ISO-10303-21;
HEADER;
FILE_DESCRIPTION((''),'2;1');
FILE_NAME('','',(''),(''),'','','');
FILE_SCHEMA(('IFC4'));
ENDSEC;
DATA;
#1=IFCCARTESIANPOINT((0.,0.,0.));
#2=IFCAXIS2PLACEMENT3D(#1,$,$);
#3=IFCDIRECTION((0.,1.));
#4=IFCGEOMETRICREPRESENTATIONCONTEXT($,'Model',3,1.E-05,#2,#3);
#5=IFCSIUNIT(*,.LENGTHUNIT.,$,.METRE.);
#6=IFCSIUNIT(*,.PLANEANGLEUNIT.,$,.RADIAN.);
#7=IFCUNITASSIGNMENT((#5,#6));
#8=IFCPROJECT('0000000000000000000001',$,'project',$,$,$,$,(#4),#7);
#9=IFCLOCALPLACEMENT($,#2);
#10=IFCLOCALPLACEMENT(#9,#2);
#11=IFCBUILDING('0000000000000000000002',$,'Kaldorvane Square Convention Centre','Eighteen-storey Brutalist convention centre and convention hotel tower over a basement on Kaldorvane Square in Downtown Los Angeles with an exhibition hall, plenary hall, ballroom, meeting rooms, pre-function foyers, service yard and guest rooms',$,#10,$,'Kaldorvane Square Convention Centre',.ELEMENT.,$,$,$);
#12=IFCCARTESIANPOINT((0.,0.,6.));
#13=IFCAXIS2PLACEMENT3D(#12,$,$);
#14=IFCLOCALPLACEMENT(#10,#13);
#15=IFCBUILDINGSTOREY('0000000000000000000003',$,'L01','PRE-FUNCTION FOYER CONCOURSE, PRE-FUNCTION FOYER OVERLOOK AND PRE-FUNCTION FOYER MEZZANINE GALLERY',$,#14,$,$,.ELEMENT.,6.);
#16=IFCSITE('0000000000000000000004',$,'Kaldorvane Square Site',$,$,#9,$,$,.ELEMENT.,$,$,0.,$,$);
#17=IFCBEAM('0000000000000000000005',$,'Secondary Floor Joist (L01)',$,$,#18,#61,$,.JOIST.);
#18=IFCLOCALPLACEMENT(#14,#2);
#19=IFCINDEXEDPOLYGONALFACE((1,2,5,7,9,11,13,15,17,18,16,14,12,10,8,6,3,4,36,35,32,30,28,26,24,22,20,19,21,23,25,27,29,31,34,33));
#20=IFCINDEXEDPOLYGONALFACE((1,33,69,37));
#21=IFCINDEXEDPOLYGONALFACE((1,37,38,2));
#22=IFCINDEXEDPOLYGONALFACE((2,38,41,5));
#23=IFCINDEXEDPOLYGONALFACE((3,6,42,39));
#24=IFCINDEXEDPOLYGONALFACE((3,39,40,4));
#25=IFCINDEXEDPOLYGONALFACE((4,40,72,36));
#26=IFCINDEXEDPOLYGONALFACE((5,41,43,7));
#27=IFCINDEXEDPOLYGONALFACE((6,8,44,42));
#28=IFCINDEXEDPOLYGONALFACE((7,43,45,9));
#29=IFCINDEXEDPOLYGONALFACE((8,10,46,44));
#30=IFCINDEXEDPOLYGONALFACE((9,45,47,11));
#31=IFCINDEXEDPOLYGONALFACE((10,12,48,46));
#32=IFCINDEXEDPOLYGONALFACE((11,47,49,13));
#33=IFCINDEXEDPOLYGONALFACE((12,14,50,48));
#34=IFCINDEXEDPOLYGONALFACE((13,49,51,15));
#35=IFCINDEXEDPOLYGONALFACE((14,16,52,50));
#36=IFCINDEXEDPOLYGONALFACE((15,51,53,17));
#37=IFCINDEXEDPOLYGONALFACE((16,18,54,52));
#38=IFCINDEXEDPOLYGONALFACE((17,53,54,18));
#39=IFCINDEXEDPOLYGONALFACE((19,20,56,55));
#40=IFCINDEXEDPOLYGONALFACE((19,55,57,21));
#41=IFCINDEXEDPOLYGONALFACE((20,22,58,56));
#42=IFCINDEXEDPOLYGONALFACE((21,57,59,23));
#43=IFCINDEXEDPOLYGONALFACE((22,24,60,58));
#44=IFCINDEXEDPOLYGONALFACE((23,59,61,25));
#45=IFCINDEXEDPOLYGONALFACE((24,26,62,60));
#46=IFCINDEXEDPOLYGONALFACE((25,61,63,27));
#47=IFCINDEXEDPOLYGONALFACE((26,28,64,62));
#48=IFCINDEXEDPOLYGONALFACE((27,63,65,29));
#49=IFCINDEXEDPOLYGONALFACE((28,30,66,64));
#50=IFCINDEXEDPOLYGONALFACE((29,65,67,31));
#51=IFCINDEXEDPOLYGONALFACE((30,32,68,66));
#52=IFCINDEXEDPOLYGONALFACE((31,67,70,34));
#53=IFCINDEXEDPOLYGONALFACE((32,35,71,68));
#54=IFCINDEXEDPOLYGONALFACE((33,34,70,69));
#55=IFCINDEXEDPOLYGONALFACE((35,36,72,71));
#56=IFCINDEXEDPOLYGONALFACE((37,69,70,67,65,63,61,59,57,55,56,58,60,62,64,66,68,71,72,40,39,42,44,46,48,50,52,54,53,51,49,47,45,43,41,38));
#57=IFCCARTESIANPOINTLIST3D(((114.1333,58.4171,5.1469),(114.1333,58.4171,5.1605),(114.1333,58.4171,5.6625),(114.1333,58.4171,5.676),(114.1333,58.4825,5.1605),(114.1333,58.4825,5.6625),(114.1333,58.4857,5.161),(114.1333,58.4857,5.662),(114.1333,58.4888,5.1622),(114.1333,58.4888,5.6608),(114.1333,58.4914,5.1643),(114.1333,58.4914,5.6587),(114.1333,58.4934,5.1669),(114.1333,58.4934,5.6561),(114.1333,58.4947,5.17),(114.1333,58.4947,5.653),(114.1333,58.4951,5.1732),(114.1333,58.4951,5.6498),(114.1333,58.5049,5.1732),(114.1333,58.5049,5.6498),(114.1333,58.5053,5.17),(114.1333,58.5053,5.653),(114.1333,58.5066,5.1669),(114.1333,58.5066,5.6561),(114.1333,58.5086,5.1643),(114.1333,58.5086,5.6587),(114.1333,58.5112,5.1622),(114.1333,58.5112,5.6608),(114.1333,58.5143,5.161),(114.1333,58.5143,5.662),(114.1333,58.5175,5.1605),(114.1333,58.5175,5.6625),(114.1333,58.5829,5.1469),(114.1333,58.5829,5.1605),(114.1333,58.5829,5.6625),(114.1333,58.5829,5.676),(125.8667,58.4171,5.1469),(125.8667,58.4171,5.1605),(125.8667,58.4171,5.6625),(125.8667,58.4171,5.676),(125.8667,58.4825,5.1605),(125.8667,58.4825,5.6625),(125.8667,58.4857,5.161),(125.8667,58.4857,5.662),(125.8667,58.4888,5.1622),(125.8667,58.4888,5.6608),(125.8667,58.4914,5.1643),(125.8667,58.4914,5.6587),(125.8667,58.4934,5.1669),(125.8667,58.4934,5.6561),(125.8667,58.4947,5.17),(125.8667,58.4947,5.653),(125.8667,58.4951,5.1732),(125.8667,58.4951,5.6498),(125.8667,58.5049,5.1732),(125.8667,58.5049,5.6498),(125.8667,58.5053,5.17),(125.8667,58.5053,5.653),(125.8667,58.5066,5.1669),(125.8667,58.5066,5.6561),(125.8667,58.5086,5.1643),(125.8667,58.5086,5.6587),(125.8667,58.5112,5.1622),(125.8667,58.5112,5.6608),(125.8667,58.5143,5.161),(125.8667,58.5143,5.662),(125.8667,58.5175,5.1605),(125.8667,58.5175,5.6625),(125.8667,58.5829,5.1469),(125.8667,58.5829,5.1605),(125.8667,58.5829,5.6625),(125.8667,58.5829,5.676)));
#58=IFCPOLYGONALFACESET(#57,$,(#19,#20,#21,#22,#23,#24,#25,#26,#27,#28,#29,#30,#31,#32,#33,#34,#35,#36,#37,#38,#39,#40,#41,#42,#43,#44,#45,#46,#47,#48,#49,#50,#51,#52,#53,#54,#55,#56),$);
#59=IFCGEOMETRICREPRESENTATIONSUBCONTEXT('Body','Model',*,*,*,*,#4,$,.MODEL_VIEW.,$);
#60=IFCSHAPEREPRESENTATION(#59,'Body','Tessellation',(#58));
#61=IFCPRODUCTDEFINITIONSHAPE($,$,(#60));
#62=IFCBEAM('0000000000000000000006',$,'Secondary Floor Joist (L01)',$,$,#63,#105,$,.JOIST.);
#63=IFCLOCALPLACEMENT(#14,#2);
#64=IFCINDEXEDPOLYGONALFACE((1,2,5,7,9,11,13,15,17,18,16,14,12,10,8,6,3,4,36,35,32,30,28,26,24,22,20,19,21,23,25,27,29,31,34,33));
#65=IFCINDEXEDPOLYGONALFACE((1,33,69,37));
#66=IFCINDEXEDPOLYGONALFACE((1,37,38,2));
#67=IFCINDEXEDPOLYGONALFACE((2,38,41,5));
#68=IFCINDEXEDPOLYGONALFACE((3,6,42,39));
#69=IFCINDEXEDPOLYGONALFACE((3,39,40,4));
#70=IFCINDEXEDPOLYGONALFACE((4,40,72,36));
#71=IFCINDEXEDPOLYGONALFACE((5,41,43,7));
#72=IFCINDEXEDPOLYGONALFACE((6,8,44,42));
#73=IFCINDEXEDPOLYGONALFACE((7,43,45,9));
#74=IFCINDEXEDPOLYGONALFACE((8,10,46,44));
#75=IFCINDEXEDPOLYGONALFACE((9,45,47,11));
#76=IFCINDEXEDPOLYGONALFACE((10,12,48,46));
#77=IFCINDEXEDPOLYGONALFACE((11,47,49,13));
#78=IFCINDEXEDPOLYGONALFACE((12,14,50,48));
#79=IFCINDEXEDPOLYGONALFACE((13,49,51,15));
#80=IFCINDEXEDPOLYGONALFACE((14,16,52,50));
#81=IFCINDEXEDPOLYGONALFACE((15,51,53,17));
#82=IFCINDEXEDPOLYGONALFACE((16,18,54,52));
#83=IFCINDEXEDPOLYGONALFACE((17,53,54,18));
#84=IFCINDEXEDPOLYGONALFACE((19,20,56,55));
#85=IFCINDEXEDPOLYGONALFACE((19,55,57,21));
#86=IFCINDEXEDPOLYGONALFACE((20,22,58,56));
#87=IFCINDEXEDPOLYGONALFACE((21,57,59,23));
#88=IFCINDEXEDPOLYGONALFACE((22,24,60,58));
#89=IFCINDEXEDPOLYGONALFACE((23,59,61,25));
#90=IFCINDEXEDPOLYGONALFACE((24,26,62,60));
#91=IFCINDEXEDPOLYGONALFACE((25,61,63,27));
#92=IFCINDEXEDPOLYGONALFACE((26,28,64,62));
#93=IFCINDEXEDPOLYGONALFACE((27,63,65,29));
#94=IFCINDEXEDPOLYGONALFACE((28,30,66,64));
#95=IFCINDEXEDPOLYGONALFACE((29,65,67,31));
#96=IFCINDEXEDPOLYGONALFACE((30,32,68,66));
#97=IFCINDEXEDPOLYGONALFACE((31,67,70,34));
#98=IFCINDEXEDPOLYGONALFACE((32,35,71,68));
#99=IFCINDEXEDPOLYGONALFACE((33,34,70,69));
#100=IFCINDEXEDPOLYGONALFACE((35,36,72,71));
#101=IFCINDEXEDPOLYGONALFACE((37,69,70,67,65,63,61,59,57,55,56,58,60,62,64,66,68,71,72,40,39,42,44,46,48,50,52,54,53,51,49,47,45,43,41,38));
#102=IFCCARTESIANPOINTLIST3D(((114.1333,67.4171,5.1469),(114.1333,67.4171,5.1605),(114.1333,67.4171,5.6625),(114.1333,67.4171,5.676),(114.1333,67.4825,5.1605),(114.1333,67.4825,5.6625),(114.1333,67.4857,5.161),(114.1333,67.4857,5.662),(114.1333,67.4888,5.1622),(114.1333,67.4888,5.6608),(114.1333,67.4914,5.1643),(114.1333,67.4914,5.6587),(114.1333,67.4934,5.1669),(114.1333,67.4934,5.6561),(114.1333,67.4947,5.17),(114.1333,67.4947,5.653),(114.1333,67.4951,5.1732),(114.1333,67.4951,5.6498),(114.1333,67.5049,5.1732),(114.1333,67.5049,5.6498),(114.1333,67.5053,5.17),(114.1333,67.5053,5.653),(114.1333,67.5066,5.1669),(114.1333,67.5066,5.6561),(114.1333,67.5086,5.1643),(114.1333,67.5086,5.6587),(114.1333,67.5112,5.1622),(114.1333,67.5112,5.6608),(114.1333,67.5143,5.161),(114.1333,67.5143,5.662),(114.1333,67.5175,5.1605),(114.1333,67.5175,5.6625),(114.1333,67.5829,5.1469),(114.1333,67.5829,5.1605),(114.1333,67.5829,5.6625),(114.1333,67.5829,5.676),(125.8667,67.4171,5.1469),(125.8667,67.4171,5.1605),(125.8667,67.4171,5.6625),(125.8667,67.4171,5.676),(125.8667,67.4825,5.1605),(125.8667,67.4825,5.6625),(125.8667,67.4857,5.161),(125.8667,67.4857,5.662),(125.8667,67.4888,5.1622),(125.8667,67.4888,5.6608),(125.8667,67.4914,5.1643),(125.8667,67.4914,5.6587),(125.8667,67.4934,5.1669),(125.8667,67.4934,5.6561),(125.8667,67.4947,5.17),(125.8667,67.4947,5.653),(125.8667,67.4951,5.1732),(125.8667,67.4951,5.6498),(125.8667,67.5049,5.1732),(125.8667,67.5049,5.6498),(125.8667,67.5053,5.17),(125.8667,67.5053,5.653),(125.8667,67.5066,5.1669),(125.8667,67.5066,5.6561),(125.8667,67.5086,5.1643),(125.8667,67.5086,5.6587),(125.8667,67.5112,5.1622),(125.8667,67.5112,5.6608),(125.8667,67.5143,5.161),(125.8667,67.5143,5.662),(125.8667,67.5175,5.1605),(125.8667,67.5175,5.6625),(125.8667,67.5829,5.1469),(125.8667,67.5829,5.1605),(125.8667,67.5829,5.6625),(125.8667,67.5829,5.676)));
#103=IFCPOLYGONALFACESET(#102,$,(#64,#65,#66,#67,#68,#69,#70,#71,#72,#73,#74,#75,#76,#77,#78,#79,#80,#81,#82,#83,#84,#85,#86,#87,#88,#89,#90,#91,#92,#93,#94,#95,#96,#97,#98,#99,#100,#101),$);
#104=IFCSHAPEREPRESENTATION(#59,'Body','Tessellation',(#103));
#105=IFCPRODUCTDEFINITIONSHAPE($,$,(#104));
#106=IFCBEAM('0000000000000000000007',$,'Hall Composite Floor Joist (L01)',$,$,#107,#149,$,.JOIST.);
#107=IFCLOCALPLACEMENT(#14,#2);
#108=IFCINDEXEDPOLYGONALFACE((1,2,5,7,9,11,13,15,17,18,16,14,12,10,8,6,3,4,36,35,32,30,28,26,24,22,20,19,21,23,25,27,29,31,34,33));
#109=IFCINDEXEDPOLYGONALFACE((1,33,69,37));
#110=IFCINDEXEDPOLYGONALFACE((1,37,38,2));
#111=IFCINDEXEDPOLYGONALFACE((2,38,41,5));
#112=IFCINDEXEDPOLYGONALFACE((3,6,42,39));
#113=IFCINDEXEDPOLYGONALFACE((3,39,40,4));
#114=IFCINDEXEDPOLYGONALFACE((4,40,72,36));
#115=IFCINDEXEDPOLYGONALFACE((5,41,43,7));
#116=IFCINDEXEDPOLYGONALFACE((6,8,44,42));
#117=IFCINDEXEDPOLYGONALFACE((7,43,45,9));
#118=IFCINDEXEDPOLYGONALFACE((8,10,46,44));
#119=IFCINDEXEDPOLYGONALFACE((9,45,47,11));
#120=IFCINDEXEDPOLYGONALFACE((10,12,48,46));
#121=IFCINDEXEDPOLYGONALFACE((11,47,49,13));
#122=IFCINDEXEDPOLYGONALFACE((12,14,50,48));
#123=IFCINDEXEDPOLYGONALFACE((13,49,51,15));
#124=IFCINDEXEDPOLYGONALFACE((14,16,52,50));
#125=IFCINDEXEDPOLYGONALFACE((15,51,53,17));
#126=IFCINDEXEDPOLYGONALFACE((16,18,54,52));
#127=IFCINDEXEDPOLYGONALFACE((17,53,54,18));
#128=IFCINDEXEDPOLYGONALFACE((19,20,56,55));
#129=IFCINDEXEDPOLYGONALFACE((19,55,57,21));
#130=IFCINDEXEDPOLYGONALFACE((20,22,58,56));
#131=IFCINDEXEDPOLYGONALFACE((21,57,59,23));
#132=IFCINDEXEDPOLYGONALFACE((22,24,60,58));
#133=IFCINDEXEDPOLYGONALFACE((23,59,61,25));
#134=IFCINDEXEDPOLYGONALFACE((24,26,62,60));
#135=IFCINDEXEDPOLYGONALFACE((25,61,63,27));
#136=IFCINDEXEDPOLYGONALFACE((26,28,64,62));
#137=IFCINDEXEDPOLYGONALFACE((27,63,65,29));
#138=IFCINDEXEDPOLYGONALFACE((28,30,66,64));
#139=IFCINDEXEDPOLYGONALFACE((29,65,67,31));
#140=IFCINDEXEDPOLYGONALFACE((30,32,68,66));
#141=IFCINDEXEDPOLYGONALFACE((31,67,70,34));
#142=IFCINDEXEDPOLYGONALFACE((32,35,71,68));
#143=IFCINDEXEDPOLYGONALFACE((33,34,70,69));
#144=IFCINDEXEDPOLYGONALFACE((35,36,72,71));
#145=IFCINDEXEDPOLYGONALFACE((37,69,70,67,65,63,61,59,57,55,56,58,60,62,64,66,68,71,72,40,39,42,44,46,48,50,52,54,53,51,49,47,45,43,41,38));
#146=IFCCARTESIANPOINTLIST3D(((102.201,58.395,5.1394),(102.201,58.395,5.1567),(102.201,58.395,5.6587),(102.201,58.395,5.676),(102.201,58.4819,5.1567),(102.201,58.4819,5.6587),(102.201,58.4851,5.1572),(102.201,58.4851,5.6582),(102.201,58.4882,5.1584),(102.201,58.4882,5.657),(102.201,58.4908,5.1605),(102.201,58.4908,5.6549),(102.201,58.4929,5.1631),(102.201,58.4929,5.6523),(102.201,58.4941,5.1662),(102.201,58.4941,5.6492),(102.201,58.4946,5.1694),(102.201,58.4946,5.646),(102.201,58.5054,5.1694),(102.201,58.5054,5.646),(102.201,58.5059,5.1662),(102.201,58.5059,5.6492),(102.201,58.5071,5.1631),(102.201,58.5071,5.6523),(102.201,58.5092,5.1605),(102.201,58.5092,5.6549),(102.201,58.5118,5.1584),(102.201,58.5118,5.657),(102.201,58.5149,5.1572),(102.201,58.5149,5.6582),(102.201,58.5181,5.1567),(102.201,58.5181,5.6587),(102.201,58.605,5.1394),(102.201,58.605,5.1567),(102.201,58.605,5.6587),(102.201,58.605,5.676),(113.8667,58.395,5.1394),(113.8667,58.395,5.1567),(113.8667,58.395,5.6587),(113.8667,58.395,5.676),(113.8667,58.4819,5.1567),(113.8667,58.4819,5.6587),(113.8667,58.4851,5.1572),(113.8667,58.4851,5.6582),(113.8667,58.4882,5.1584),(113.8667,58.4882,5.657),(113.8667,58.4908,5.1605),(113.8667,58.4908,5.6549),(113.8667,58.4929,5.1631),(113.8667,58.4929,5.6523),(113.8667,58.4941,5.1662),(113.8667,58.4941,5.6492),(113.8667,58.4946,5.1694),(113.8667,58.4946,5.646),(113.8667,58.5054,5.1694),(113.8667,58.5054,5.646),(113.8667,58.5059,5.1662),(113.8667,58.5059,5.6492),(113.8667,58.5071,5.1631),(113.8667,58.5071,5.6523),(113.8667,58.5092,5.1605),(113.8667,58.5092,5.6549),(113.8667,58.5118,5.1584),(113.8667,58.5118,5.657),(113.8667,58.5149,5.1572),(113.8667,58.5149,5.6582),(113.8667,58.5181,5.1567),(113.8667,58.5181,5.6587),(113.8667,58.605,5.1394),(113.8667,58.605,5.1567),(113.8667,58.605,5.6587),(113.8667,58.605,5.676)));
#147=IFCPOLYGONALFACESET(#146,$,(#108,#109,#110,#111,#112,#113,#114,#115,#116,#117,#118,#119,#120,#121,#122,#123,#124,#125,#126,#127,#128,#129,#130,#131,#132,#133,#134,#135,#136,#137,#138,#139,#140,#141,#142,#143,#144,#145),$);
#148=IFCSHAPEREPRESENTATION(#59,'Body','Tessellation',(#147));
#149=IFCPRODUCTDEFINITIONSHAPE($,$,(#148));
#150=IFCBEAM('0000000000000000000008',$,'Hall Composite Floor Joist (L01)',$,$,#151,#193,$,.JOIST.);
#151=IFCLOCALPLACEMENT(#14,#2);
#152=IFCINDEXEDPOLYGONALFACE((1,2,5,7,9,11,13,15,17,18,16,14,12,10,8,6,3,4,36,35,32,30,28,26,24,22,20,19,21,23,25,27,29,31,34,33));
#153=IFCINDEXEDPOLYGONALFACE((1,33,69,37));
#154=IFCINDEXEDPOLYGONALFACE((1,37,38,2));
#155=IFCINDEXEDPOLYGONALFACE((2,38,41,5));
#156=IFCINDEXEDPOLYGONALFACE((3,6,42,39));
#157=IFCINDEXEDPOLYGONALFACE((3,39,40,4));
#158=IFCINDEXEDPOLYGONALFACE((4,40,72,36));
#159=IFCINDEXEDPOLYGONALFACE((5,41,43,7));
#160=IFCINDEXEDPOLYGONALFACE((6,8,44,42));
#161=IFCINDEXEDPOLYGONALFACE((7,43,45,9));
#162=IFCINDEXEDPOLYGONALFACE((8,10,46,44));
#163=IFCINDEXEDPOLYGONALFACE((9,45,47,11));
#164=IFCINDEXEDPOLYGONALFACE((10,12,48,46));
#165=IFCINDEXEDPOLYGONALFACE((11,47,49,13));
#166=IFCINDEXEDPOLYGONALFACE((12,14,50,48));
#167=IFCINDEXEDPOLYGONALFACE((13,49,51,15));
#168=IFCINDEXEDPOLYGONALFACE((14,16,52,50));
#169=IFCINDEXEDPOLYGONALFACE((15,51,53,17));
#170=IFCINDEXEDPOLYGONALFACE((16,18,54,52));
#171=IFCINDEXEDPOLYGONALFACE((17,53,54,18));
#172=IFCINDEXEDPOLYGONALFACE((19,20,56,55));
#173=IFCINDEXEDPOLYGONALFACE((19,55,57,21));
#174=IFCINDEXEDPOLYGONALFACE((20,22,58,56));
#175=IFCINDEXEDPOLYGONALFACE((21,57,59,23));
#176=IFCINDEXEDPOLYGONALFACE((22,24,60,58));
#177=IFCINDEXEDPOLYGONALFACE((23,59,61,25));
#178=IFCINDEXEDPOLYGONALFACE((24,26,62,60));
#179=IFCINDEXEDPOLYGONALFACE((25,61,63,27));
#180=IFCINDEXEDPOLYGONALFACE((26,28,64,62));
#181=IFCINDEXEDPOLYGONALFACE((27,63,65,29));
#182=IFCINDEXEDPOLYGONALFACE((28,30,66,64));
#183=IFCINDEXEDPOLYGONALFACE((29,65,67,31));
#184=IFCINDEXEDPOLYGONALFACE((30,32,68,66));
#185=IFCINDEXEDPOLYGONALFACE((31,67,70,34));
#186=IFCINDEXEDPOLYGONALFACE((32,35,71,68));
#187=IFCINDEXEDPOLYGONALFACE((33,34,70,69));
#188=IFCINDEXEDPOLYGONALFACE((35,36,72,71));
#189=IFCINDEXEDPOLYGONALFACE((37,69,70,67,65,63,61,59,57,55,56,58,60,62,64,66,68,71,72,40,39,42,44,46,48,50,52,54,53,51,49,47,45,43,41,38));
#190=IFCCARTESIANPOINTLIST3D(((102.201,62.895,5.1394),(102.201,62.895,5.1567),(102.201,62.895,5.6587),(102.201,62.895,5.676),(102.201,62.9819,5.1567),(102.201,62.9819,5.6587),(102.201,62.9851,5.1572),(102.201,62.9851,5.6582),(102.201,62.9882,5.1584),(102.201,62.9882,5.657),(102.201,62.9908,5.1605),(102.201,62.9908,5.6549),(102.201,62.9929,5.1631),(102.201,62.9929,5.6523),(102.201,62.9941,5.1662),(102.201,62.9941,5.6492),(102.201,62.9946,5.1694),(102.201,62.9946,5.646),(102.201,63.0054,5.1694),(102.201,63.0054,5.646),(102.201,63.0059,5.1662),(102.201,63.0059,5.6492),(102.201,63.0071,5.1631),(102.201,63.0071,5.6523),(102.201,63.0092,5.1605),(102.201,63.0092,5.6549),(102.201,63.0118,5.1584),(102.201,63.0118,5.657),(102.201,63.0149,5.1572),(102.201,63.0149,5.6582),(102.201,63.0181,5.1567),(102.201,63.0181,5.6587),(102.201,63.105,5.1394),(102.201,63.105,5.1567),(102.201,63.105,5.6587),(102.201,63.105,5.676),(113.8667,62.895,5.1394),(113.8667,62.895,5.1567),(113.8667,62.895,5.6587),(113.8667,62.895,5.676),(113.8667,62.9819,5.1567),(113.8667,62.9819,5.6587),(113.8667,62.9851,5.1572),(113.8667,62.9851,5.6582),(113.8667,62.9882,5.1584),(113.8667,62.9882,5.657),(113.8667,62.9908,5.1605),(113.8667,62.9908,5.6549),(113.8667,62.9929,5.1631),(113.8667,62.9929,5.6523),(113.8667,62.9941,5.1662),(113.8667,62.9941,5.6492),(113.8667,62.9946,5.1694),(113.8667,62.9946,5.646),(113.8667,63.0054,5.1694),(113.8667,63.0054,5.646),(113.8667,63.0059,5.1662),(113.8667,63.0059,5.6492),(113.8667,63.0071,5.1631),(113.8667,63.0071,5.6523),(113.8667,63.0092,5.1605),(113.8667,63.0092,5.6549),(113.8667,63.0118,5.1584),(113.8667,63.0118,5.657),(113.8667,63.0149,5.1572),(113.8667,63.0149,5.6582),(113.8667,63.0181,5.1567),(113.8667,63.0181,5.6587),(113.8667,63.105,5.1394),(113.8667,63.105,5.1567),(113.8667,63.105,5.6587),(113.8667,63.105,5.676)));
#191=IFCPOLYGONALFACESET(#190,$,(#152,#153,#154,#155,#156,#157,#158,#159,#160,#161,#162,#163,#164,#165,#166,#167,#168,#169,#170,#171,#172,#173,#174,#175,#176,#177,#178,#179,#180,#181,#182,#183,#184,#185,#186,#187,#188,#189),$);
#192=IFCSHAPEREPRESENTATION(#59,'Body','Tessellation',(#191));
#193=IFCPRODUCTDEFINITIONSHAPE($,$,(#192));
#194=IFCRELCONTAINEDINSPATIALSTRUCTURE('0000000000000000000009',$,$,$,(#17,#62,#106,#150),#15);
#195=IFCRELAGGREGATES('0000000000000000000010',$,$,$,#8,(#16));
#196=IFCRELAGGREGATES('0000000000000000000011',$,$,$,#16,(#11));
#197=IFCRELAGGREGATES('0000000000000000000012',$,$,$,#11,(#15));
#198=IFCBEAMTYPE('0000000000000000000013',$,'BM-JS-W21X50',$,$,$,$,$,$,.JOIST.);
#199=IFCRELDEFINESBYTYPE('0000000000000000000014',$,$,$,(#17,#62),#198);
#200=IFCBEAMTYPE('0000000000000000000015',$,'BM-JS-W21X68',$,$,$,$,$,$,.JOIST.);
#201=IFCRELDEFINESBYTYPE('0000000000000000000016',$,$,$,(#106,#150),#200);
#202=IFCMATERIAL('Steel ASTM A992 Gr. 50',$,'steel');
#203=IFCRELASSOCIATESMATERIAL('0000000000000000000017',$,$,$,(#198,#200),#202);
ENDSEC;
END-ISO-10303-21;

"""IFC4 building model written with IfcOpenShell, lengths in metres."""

from ifc_helpers import new_model, si_unit, direction, frame, origin, origin_2d, place, context, subcontext, project, spatial, i_section, extrude, material, material_profile, profile_set, type_object, element, save


model = new_model("IFC4")

# Units and contexts
model_context = context("Model", 3, precision=1e-05, world=origin(), true_north=direction((0.0, 1.0)))
body_context = subcontext(model_context, "Body", "Model", "MODEL_VIEW")
ifc_project = project(units=[si_unit("LENGTHUNIT", "METRE"), si_unit("PLANEANGLEUNIT", "RADIAN")], contexts=[model_context])

# Site, building, storey
site_placement = place(None, origin())
site = spatial("IfcSite", under=ifc_project, at=site_placement, Name="Kaldorvane Square Site", CompositionType="ELEMENT", RefElevation=0.0)
building_placement = place(site_placement, origin())
building = spatial("IfcBuilding", under=site, at=building_placement, Name="Kaldorvane Square Convention Centre", Description="Eighteen-storey Brutalist convention centre and convention hotel tower over a basement on Kaldorvane Square in Downtown Los Angeles with an exhibition hall, plenary hall, ballroom, meeting rooms, pre-function foyers, service yard and guest rooms", LongName="Kaldorvane Square Convention Centre", CompositionType="ELEMENT")
storey_placement = place(building_placement, frame((0.0, 0.0, 6.0)))
storey = spatial("IfcBuildingStorey", under=building, at=storey_placement, Name="L01", Description="PRE-FUNCTION FOYER CONCOURSE, PRE-FUNCTION FOYER OVERLOOK AND PRE-FUNCTION FOYER MEZZANINE GALLERY", CompositionType="ELEMENT", Elevation=6.0)

# Shared definitions
ifc_material_1 = material(Name="Steel ASTM A992 Gr. 50", Category="steel")

# Beams
ifc_material_profile_1 = material_profile(ifc_material_1, i_section(OverallWidth=0.1659, OverallDepth=0.5291, WebThickness=0.0097, FlangeThickness=0.0136, FilletRadius=0.0127, at=origin_2d()), Name="W21X50")
ifc_profile_set_1 = profile_set([ifc_material_profile_1], Name="Steel ASTM A992 Gr. 50")
beam_type_1 = type_object("IfcBeamType", Name="BM-JS-W21X50", PredefinedType="JOIST", material=ifc_profile_set_1)
for number, where, z_axis, x_axis, name in (
    (1, (114.1333, 58.5, 5.4115), (1.0, 0.0, 0.0), (0.0, 1.0, 0.0), "Secondary Floor Joist (L01)"),
    (2, (114.1333, 67.5, 5.4115), (1.0, 0.0, 0.0), (0.0, 1.0, 0.0), "Secondary Floor Joist (L01)"),
):
    element("IfcBeam", number, at=place(storey_placement, frame(where, z_axis=z_axis, x_axis=x_axis)), inside=storey, type_object=beam_type_1, Name=name, PredefinedType="JOIST", context=body_context, shape_type="SweptSolid", body=[
        extrude(i_section(OverallWidth=0.1659, OverallDepth=0.5291, WebThickness=0.0097, FlangeThickness=0.0136, FilletRadius=0.0127, at=origin_2d()), origin(), (0.0, 0.0, 1.0), 11.7334),
    ])
ifc_material_profile_2 = material_profile(ifc_material_1, i_section(OverallWidth=0.2101, OverallDepth=0.5367, WebThickness=0.0109, FlangeThickness=0.0174, FilletRadius=0.0127, at=origin_2d()), Name="W21X68")
ifc_profile_set_2 = profile_set([ifc_material_profile_2], Name="Steel ASTM A992 Gr. 50")
beam_type_2 = type_object("IfcBeamType", Name="BM-JS-W21X68", PredefinedType="JOIST", material=ifc_profile_set_2)
for number, where, z_axis, x_axis, name in (
    (3, (102.201, 58.5, 5.4077), (1.0, 0.0, 0.0), (0.0, 1.0, 0.0), "Hall Composite Floor Joist (L01)"),
    (4, (102.201, 63.0, 5.4077), (1.0, 0.0, 0.0), (0.0, 1.0, 0.0), "Hall Composite Floor Joist (L01)"),
):
    element("IfcBeam", number, at=place(storey_placement, frame(where, z_axis=z_axis, x_axis=x_axis)), inside=storey, type_object=beam_type_2, Name=name, PredefinedType="JOIST", context=body_context, shape_type="SweptSolid", body=[
        extrude(i_section(OverallWidth=0.2101, OverallDepth=0.5367, WebThickness=0.0109, FlangeThickness=0.0174, FilletRadius=0.0127, at=origin_2d()), origin(), (0.0, 0.0, 1.0), 11.6657),
    ])

save(model, "model.ifc")
